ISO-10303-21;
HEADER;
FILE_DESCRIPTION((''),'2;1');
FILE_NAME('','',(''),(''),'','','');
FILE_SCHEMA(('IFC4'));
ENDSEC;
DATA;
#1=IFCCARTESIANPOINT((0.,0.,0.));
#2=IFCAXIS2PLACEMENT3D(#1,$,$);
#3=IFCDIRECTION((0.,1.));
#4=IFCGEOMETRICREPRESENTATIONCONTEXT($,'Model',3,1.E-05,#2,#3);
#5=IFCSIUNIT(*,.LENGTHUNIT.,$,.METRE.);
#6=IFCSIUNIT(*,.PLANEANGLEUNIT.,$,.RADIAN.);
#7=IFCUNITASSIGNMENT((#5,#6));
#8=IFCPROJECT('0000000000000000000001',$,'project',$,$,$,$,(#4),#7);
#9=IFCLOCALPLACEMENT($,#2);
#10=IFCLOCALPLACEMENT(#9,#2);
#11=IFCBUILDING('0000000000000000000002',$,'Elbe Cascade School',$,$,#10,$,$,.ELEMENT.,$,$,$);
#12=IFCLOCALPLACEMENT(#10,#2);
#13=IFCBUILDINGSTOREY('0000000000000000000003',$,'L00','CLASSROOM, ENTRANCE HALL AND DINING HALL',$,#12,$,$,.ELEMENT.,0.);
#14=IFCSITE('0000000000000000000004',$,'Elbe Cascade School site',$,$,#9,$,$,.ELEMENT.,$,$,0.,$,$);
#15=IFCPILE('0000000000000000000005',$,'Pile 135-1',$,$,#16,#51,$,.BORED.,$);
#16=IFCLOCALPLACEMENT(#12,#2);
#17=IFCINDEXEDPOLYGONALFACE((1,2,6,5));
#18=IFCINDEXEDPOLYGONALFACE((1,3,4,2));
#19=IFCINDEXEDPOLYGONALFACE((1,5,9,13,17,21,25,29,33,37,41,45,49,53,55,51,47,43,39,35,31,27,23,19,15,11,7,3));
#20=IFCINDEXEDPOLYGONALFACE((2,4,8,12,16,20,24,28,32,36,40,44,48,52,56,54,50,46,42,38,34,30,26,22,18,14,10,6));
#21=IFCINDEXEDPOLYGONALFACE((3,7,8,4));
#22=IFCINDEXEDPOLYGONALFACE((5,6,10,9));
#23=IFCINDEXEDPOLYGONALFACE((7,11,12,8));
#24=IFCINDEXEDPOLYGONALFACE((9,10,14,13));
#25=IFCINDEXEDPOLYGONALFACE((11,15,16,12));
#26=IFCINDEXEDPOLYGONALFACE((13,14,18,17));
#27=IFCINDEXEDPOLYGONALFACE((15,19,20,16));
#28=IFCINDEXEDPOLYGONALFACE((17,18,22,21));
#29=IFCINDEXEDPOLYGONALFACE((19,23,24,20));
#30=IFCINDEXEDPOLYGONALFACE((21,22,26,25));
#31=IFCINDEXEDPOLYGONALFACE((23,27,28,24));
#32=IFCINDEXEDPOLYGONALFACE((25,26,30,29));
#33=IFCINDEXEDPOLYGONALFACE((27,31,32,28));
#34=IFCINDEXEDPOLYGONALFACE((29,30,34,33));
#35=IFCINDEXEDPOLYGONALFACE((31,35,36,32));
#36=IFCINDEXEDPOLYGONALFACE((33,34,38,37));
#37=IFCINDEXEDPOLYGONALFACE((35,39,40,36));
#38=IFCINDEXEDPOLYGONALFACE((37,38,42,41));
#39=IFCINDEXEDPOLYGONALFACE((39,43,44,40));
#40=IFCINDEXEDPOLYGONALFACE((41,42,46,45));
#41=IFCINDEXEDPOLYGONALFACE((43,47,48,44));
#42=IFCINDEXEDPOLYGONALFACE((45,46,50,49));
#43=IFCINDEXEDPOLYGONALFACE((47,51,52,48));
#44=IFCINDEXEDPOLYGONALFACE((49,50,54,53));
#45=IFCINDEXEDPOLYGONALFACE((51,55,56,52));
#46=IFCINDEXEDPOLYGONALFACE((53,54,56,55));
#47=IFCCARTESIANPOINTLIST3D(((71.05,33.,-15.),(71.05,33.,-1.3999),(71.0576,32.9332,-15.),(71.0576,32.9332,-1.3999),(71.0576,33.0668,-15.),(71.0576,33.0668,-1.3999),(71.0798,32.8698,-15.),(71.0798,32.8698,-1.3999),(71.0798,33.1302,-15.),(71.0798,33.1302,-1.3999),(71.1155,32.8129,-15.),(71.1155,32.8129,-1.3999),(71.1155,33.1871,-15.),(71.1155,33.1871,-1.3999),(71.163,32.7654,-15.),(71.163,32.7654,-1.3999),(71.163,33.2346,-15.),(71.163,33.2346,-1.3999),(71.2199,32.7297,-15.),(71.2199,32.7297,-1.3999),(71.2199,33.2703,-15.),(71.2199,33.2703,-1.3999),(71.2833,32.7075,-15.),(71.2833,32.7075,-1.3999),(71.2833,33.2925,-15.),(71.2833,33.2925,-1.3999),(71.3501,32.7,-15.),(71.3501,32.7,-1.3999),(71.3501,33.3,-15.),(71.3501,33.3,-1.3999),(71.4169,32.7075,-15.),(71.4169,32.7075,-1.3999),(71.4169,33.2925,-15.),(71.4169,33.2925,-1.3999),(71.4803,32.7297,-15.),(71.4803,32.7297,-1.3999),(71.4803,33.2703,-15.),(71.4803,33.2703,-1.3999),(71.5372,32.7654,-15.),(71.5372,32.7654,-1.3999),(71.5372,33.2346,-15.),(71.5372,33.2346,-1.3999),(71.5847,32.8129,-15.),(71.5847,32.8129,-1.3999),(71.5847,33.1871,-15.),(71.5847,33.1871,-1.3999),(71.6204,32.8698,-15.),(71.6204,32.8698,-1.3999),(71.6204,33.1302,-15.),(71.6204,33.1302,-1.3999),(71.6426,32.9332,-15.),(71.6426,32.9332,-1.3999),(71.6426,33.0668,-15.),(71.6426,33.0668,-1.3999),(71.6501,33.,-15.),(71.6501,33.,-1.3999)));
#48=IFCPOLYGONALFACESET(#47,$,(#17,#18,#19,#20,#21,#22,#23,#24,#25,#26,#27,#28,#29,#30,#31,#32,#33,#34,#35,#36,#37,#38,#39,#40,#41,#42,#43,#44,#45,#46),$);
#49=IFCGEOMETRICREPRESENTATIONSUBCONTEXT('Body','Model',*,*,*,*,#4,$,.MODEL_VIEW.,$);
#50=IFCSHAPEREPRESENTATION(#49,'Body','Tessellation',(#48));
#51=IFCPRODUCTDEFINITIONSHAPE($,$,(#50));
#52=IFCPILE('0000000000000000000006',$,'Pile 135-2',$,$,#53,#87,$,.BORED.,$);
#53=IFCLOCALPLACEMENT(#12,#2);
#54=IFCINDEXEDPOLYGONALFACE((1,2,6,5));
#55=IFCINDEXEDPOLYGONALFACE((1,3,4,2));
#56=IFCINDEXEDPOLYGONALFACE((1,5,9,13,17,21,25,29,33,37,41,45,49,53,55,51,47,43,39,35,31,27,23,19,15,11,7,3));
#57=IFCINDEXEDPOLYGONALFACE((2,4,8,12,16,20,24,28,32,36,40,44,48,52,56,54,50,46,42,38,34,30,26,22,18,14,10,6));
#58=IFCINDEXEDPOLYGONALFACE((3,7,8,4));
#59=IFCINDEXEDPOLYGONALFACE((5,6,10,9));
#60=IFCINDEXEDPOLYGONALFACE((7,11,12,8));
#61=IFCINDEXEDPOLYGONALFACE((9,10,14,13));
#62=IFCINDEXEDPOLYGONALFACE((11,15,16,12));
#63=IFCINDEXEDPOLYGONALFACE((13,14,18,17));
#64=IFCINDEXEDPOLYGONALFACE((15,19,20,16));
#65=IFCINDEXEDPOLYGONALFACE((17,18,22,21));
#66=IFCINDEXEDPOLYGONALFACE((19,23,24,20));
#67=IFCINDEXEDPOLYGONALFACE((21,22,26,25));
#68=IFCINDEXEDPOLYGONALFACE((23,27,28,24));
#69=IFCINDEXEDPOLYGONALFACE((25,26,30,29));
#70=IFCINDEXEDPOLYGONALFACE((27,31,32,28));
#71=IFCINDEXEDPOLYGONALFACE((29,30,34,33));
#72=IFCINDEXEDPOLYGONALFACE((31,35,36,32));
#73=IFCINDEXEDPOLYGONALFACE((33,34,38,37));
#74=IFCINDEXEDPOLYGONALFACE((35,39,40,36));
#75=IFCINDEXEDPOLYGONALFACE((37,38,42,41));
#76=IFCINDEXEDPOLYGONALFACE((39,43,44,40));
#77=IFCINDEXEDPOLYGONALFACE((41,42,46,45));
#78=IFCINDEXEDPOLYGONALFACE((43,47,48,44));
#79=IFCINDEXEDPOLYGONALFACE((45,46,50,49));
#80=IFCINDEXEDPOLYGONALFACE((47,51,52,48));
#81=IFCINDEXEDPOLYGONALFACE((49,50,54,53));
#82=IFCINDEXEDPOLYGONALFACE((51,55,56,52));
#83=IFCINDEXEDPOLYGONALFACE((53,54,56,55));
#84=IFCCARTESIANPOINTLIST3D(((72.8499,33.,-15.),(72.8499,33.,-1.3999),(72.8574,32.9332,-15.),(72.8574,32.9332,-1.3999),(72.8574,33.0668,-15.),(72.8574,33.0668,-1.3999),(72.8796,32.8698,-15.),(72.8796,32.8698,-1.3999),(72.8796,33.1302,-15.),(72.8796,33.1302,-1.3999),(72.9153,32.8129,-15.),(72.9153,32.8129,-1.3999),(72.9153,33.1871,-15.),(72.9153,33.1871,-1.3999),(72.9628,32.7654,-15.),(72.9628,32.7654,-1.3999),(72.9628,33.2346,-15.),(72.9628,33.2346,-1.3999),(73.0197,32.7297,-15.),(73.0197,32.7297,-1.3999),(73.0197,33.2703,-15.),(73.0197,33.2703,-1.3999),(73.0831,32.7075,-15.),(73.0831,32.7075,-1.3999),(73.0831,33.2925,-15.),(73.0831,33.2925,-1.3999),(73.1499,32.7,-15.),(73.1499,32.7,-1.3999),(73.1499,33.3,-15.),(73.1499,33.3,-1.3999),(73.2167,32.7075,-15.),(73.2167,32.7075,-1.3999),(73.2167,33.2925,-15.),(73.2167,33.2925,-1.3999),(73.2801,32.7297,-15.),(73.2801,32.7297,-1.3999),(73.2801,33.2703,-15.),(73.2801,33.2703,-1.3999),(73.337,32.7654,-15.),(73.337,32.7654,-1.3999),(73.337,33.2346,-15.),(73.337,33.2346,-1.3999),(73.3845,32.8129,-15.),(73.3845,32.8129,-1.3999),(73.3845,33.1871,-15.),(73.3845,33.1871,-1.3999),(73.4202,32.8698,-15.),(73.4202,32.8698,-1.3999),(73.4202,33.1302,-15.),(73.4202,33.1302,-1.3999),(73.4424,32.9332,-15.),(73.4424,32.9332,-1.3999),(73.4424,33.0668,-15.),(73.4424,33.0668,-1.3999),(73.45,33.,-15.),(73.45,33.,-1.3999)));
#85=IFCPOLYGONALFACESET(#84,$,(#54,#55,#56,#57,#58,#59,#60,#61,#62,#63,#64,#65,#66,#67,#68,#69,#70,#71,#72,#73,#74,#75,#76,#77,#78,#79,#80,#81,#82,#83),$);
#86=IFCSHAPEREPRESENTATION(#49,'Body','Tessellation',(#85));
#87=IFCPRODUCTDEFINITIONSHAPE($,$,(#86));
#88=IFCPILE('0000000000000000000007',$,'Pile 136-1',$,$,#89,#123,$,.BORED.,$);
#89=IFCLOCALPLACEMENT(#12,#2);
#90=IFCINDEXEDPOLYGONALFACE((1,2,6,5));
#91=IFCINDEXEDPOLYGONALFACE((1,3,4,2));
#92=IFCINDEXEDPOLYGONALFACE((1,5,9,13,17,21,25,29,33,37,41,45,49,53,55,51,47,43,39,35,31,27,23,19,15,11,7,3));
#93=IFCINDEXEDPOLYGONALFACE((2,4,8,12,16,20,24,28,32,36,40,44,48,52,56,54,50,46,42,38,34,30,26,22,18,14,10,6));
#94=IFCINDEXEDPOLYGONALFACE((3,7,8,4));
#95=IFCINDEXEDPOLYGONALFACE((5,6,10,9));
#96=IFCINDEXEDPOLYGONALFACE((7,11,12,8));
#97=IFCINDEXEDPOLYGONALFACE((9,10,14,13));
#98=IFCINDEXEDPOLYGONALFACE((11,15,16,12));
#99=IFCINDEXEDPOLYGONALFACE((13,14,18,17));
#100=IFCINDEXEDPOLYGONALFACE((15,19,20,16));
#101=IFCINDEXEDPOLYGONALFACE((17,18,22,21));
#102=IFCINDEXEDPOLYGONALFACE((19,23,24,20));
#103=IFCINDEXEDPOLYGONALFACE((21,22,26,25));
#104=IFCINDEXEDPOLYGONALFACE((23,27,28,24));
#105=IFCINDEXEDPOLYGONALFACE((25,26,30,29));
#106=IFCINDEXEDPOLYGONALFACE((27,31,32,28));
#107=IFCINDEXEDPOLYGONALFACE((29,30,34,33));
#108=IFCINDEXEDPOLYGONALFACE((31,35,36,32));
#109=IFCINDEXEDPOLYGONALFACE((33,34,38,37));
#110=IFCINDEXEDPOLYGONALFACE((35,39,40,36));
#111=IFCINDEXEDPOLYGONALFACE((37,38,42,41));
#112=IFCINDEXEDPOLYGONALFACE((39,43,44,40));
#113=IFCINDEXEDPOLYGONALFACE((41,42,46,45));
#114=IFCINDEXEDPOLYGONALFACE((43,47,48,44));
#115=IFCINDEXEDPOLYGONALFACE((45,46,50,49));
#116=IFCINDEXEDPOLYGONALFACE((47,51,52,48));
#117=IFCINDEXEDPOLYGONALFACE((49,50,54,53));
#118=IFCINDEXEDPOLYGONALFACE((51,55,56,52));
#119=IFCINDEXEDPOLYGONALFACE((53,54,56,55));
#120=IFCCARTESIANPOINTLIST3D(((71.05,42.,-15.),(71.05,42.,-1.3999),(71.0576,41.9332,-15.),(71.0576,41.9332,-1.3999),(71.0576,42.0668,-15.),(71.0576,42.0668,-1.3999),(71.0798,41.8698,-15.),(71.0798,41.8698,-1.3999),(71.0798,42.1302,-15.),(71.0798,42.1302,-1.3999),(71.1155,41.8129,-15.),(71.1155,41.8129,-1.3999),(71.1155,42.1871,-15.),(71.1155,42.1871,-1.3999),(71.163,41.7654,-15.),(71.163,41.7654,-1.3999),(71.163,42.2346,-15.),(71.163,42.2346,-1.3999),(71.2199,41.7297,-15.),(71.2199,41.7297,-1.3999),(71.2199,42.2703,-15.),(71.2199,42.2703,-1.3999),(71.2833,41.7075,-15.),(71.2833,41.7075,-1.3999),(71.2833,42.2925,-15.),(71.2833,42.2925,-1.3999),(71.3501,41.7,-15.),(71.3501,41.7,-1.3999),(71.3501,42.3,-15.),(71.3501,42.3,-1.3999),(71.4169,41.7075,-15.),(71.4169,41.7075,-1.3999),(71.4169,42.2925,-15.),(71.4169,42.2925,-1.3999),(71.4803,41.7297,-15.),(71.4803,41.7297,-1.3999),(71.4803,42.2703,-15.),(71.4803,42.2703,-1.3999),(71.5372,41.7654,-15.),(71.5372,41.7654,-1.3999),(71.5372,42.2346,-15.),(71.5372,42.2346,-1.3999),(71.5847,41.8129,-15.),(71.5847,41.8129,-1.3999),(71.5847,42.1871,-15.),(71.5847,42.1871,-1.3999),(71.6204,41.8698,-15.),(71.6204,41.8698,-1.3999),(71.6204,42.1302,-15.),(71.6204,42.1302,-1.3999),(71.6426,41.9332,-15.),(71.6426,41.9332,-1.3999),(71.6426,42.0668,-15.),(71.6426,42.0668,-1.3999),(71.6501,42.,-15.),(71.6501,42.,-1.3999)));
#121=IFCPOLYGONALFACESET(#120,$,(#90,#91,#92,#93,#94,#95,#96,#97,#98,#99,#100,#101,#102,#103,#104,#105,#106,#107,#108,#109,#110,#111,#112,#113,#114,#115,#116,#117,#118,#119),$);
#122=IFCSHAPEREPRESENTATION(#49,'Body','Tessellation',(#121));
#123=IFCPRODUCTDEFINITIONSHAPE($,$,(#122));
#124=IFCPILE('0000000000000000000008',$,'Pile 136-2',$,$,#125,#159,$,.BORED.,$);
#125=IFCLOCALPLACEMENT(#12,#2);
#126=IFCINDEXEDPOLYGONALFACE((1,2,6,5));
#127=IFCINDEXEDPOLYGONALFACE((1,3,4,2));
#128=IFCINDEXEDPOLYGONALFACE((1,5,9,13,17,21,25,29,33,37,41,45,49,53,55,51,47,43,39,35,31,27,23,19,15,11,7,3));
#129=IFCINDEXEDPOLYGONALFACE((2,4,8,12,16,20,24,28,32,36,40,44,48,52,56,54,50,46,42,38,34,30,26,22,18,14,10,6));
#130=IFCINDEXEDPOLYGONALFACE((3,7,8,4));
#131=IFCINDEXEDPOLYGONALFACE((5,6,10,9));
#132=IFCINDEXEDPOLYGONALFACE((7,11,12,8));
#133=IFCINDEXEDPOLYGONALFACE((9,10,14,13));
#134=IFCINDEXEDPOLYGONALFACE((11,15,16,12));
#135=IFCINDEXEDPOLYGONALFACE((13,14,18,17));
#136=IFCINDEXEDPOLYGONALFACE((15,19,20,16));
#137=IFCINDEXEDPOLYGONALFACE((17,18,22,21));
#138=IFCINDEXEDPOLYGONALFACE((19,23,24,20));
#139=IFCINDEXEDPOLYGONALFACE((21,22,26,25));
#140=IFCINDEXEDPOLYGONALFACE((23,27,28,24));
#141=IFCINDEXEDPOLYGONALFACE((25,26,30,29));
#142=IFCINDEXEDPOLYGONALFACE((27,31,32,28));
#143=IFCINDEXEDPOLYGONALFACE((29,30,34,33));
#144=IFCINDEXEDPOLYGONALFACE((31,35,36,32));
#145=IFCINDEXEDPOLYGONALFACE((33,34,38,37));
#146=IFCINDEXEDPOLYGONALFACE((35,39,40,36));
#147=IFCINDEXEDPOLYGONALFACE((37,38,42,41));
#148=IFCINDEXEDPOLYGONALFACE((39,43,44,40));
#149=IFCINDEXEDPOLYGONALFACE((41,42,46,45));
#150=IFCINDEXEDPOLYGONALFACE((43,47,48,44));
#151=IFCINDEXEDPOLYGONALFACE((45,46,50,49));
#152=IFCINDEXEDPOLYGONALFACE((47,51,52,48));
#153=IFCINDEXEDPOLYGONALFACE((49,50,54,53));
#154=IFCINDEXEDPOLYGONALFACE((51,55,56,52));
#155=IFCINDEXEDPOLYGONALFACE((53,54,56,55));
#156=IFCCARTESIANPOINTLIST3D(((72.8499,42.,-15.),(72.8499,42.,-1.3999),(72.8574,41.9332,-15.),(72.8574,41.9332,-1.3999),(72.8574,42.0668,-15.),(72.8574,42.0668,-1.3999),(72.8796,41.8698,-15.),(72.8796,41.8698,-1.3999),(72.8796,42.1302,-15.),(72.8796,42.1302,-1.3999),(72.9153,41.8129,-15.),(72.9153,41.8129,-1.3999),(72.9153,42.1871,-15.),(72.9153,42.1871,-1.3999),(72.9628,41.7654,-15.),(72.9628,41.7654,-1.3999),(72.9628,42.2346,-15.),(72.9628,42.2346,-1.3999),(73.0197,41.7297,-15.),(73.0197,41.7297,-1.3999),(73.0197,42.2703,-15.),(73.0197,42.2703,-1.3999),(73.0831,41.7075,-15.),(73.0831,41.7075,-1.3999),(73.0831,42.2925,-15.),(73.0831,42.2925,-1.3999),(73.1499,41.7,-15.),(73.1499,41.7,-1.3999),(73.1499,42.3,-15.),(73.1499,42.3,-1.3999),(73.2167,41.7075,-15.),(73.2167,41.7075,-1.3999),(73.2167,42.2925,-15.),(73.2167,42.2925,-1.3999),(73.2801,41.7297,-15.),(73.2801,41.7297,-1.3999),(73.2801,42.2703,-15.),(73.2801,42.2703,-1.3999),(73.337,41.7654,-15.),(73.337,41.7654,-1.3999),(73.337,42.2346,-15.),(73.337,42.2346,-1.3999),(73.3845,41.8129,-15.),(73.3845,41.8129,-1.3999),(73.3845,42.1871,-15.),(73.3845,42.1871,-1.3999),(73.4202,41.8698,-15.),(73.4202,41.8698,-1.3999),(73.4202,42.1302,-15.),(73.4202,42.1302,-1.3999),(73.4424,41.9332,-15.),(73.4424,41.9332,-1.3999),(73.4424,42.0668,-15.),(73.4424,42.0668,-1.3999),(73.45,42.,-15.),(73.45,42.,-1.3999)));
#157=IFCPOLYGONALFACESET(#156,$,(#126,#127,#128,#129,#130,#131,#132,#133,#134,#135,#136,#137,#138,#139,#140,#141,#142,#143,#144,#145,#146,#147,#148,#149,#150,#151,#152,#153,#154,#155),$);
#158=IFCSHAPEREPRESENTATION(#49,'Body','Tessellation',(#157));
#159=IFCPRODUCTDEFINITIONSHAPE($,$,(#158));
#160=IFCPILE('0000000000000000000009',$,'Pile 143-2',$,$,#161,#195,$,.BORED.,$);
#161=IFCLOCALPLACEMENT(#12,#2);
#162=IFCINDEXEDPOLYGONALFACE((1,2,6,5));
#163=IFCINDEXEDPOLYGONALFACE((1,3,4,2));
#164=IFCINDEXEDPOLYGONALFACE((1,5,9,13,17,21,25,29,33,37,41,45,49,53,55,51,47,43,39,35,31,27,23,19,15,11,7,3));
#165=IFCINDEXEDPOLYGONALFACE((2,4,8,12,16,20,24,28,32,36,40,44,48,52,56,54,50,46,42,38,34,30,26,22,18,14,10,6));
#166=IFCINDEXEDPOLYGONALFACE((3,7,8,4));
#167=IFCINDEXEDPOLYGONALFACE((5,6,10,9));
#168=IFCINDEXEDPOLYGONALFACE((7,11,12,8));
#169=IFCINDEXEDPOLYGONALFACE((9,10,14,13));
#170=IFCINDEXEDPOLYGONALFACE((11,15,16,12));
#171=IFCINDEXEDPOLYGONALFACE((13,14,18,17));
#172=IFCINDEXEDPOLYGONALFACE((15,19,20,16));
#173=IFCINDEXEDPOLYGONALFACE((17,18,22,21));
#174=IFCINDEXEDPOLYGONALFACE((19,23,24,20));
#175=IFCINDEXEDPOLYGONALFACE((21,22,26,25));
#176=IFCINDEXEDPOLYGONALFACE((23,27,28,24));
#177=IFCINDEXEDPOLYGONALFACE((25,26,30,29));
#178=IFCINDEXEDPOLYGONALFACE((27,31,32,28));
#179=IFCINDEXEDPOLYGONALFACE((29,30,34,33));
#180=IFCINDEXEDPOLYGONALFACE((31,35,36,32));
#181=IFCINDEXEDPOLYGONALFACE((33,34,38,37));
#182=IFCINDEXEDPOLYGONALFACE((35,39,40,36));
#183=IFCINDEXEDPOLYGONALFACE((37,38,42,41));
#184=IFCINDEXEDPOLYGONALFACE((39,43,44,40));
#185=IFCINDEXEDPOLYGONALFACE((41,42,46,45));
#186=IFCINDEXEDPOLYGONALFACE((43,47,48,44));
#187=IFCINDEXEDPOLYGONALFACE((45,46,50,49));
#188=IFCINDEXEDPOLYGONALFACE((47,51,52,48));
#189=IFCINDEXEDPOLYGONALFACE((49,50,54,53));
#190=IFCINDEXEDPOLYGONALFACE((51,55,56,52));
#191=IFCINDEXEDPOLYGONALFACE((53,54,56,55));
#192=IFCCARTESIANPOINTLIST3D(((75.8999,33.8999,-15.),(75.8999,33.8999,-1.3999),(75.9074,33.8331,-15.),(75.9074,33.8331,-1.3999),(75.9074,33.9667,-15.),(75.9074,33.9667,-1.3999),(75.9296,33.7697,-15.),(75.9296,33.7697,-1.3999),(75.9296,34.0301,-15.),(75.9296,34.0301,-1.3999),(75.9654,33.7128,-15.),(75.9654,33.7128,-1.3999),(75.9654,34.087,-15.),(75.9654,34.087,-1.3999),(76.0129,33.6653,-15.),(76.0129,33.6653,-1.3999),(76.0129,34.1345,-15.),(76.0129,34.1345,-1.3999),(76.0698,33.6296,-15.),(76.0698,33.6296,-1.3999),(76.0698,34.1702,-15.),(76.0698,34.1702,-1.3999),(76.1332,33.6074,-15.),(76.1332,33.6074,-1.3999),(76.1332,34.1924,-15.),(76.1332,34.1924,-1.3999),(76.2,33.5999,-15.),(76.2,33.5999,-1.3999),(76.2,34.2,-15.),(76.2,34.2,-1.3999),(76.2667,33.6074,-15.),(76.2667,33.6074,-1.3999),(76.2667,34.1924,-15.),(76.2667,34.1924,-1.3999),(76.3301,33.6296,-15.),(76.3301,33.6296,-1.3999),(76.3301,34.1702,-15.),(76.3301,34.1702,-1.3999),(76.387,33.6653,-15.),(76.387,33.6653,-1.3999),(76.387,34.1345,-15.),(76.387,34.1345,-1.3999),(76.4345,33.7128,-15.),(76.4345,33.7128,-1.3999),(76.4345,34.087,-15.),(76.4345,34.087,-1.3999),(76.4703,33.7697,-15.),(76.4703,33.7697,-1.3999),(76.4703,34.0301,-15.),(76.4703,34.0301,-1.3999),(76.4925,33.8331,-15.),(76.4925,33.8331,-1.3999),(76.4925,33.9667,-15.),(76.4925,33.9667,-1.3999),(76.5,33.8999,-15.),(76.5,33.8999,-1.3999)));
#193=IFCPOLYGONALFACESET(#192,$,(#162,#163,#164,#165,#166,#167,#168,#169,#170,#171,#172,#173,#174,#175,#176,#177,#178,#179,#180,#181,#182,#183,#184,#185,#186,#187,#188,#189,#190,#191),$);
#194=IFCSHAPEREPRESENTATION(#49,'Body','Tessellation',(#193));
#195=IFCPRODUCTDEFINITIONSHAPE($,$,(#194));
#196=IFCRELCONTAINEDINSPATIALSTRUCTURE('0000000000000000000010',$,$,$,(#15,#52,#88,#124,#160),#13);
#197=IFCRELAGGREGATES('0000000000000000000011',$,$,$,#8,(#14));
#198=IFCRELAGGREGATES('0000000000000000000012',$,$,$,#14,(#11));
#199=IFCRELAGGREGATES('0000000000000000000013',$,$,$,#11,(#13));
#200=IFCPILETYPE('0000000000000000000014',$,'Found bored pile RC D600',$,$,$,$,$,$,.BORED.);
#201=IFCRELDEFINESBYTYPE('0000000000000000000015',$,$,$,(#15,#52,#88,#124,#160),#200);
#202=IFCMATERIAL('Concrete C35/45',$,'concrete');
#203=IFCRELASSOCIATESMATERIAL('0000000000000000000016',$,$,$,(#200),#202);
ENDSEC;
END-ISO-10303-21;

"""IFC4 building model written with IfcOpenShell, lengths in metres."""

from ifc_helpers import new_model, si_unit, direction, frame, origin, origin_2d, place, context, subcontext, project, spatial, circle, extrude, material, material_profile, profile_set, type_object, element, save


model = new_model("IFC4")

# Units and contexts
model_context = context("Model", 3, precision=1e-05, world=origin(), true_north=direction((0.0, 1.0)))
body_context = subcontext(model_context, "Body", "Model", "MODEL_VIEW")
ifc_project = project(units=[si_unit("LENGTHUNIT", "METRE"), si_unit("PLANEANGLEUNIT", "RADIAN")], contexts=[model_context])

# Site, building, storey
site_placement = place(None, origin())
site = spatial("IfcSite", under=ifc_project, at=site_placement, Name="Elbe Cascade School site", CompositionType="ELEMENT", RefElevation=0.0)
building_placement = place(site_placement, origin())
building = spatial("IfcBuilding", under=site, at=building_placement, Name="Elbe Cascade School", CompositionType="ELEMENT")
storey_placement = place(building_placement, origin())
storey = spatial("IfcBuildingStorey", under=building, at=storey_placement, Name="L00", Description="CLASSROOM, ENTRANCE HALL AND DINING HALL", CompositionType="ELEMENT", Elevation=0.0)

# Piles
ifc_material_1 = material(Name="Concrete C35/45", Category="concrete")
ifc_material_profile_1 = material_profile(ifc_material_1, circle(Radius=0.3, at=origin_2d()), Name="RC D600")
ifc_profile_set_1 = profile_set([ifc_material_profile_1], Name="Concrete C35/45")
pile_type = type_object("IfcPileType", Name="Found bored pile RC D600", PredefinedType="BORED", material=ifc_profile_set_1)
for number, where, z_axis, x_axis, name in (
    (1, (71.3501, 33.0, -1.3999), (0.0, 0.0, -1.0), (1.0, 0.0, 0.0), "Pile 135-1"),
    (2, (73.1499, 33.0, -1.3999), (0.0, 0.0, -1.0), (1.0, 0.0, 0.0), "Pile 135-2"),
    (3, (71.3501, 42.0, -1.3999), (0.0, 0.0, -1.0), (1.0, 0.0, 0.0), "Pile 136-1"),
    (4, (73.1499, 42.0, -1.3999), (0.0, 0.0, -1.0), (1.0, 0.0, 0.0), "Pile 136-2"),
    (5, (76.2, 33.8999, -1.3999), (0.0, 0.0, -1.0), (1.0, 0.0, 0.0), "Pile 143-2"),
):
    element("IfcPile", number, at=place(storey_placement, frame(where, z_axis=z_axis, x_axis=x_axis)), inside=storey, type_object=pile_type, Name=name, PredefinedType="BORED", context=body_context, shape_type="SweptSolid", body=[
        extrude(circle(Radius=0.3, at=origin_2d()), origin(), (0.0, 0.0, 1.0), 13.6001),
    ])

save(model, "model.ifc")
